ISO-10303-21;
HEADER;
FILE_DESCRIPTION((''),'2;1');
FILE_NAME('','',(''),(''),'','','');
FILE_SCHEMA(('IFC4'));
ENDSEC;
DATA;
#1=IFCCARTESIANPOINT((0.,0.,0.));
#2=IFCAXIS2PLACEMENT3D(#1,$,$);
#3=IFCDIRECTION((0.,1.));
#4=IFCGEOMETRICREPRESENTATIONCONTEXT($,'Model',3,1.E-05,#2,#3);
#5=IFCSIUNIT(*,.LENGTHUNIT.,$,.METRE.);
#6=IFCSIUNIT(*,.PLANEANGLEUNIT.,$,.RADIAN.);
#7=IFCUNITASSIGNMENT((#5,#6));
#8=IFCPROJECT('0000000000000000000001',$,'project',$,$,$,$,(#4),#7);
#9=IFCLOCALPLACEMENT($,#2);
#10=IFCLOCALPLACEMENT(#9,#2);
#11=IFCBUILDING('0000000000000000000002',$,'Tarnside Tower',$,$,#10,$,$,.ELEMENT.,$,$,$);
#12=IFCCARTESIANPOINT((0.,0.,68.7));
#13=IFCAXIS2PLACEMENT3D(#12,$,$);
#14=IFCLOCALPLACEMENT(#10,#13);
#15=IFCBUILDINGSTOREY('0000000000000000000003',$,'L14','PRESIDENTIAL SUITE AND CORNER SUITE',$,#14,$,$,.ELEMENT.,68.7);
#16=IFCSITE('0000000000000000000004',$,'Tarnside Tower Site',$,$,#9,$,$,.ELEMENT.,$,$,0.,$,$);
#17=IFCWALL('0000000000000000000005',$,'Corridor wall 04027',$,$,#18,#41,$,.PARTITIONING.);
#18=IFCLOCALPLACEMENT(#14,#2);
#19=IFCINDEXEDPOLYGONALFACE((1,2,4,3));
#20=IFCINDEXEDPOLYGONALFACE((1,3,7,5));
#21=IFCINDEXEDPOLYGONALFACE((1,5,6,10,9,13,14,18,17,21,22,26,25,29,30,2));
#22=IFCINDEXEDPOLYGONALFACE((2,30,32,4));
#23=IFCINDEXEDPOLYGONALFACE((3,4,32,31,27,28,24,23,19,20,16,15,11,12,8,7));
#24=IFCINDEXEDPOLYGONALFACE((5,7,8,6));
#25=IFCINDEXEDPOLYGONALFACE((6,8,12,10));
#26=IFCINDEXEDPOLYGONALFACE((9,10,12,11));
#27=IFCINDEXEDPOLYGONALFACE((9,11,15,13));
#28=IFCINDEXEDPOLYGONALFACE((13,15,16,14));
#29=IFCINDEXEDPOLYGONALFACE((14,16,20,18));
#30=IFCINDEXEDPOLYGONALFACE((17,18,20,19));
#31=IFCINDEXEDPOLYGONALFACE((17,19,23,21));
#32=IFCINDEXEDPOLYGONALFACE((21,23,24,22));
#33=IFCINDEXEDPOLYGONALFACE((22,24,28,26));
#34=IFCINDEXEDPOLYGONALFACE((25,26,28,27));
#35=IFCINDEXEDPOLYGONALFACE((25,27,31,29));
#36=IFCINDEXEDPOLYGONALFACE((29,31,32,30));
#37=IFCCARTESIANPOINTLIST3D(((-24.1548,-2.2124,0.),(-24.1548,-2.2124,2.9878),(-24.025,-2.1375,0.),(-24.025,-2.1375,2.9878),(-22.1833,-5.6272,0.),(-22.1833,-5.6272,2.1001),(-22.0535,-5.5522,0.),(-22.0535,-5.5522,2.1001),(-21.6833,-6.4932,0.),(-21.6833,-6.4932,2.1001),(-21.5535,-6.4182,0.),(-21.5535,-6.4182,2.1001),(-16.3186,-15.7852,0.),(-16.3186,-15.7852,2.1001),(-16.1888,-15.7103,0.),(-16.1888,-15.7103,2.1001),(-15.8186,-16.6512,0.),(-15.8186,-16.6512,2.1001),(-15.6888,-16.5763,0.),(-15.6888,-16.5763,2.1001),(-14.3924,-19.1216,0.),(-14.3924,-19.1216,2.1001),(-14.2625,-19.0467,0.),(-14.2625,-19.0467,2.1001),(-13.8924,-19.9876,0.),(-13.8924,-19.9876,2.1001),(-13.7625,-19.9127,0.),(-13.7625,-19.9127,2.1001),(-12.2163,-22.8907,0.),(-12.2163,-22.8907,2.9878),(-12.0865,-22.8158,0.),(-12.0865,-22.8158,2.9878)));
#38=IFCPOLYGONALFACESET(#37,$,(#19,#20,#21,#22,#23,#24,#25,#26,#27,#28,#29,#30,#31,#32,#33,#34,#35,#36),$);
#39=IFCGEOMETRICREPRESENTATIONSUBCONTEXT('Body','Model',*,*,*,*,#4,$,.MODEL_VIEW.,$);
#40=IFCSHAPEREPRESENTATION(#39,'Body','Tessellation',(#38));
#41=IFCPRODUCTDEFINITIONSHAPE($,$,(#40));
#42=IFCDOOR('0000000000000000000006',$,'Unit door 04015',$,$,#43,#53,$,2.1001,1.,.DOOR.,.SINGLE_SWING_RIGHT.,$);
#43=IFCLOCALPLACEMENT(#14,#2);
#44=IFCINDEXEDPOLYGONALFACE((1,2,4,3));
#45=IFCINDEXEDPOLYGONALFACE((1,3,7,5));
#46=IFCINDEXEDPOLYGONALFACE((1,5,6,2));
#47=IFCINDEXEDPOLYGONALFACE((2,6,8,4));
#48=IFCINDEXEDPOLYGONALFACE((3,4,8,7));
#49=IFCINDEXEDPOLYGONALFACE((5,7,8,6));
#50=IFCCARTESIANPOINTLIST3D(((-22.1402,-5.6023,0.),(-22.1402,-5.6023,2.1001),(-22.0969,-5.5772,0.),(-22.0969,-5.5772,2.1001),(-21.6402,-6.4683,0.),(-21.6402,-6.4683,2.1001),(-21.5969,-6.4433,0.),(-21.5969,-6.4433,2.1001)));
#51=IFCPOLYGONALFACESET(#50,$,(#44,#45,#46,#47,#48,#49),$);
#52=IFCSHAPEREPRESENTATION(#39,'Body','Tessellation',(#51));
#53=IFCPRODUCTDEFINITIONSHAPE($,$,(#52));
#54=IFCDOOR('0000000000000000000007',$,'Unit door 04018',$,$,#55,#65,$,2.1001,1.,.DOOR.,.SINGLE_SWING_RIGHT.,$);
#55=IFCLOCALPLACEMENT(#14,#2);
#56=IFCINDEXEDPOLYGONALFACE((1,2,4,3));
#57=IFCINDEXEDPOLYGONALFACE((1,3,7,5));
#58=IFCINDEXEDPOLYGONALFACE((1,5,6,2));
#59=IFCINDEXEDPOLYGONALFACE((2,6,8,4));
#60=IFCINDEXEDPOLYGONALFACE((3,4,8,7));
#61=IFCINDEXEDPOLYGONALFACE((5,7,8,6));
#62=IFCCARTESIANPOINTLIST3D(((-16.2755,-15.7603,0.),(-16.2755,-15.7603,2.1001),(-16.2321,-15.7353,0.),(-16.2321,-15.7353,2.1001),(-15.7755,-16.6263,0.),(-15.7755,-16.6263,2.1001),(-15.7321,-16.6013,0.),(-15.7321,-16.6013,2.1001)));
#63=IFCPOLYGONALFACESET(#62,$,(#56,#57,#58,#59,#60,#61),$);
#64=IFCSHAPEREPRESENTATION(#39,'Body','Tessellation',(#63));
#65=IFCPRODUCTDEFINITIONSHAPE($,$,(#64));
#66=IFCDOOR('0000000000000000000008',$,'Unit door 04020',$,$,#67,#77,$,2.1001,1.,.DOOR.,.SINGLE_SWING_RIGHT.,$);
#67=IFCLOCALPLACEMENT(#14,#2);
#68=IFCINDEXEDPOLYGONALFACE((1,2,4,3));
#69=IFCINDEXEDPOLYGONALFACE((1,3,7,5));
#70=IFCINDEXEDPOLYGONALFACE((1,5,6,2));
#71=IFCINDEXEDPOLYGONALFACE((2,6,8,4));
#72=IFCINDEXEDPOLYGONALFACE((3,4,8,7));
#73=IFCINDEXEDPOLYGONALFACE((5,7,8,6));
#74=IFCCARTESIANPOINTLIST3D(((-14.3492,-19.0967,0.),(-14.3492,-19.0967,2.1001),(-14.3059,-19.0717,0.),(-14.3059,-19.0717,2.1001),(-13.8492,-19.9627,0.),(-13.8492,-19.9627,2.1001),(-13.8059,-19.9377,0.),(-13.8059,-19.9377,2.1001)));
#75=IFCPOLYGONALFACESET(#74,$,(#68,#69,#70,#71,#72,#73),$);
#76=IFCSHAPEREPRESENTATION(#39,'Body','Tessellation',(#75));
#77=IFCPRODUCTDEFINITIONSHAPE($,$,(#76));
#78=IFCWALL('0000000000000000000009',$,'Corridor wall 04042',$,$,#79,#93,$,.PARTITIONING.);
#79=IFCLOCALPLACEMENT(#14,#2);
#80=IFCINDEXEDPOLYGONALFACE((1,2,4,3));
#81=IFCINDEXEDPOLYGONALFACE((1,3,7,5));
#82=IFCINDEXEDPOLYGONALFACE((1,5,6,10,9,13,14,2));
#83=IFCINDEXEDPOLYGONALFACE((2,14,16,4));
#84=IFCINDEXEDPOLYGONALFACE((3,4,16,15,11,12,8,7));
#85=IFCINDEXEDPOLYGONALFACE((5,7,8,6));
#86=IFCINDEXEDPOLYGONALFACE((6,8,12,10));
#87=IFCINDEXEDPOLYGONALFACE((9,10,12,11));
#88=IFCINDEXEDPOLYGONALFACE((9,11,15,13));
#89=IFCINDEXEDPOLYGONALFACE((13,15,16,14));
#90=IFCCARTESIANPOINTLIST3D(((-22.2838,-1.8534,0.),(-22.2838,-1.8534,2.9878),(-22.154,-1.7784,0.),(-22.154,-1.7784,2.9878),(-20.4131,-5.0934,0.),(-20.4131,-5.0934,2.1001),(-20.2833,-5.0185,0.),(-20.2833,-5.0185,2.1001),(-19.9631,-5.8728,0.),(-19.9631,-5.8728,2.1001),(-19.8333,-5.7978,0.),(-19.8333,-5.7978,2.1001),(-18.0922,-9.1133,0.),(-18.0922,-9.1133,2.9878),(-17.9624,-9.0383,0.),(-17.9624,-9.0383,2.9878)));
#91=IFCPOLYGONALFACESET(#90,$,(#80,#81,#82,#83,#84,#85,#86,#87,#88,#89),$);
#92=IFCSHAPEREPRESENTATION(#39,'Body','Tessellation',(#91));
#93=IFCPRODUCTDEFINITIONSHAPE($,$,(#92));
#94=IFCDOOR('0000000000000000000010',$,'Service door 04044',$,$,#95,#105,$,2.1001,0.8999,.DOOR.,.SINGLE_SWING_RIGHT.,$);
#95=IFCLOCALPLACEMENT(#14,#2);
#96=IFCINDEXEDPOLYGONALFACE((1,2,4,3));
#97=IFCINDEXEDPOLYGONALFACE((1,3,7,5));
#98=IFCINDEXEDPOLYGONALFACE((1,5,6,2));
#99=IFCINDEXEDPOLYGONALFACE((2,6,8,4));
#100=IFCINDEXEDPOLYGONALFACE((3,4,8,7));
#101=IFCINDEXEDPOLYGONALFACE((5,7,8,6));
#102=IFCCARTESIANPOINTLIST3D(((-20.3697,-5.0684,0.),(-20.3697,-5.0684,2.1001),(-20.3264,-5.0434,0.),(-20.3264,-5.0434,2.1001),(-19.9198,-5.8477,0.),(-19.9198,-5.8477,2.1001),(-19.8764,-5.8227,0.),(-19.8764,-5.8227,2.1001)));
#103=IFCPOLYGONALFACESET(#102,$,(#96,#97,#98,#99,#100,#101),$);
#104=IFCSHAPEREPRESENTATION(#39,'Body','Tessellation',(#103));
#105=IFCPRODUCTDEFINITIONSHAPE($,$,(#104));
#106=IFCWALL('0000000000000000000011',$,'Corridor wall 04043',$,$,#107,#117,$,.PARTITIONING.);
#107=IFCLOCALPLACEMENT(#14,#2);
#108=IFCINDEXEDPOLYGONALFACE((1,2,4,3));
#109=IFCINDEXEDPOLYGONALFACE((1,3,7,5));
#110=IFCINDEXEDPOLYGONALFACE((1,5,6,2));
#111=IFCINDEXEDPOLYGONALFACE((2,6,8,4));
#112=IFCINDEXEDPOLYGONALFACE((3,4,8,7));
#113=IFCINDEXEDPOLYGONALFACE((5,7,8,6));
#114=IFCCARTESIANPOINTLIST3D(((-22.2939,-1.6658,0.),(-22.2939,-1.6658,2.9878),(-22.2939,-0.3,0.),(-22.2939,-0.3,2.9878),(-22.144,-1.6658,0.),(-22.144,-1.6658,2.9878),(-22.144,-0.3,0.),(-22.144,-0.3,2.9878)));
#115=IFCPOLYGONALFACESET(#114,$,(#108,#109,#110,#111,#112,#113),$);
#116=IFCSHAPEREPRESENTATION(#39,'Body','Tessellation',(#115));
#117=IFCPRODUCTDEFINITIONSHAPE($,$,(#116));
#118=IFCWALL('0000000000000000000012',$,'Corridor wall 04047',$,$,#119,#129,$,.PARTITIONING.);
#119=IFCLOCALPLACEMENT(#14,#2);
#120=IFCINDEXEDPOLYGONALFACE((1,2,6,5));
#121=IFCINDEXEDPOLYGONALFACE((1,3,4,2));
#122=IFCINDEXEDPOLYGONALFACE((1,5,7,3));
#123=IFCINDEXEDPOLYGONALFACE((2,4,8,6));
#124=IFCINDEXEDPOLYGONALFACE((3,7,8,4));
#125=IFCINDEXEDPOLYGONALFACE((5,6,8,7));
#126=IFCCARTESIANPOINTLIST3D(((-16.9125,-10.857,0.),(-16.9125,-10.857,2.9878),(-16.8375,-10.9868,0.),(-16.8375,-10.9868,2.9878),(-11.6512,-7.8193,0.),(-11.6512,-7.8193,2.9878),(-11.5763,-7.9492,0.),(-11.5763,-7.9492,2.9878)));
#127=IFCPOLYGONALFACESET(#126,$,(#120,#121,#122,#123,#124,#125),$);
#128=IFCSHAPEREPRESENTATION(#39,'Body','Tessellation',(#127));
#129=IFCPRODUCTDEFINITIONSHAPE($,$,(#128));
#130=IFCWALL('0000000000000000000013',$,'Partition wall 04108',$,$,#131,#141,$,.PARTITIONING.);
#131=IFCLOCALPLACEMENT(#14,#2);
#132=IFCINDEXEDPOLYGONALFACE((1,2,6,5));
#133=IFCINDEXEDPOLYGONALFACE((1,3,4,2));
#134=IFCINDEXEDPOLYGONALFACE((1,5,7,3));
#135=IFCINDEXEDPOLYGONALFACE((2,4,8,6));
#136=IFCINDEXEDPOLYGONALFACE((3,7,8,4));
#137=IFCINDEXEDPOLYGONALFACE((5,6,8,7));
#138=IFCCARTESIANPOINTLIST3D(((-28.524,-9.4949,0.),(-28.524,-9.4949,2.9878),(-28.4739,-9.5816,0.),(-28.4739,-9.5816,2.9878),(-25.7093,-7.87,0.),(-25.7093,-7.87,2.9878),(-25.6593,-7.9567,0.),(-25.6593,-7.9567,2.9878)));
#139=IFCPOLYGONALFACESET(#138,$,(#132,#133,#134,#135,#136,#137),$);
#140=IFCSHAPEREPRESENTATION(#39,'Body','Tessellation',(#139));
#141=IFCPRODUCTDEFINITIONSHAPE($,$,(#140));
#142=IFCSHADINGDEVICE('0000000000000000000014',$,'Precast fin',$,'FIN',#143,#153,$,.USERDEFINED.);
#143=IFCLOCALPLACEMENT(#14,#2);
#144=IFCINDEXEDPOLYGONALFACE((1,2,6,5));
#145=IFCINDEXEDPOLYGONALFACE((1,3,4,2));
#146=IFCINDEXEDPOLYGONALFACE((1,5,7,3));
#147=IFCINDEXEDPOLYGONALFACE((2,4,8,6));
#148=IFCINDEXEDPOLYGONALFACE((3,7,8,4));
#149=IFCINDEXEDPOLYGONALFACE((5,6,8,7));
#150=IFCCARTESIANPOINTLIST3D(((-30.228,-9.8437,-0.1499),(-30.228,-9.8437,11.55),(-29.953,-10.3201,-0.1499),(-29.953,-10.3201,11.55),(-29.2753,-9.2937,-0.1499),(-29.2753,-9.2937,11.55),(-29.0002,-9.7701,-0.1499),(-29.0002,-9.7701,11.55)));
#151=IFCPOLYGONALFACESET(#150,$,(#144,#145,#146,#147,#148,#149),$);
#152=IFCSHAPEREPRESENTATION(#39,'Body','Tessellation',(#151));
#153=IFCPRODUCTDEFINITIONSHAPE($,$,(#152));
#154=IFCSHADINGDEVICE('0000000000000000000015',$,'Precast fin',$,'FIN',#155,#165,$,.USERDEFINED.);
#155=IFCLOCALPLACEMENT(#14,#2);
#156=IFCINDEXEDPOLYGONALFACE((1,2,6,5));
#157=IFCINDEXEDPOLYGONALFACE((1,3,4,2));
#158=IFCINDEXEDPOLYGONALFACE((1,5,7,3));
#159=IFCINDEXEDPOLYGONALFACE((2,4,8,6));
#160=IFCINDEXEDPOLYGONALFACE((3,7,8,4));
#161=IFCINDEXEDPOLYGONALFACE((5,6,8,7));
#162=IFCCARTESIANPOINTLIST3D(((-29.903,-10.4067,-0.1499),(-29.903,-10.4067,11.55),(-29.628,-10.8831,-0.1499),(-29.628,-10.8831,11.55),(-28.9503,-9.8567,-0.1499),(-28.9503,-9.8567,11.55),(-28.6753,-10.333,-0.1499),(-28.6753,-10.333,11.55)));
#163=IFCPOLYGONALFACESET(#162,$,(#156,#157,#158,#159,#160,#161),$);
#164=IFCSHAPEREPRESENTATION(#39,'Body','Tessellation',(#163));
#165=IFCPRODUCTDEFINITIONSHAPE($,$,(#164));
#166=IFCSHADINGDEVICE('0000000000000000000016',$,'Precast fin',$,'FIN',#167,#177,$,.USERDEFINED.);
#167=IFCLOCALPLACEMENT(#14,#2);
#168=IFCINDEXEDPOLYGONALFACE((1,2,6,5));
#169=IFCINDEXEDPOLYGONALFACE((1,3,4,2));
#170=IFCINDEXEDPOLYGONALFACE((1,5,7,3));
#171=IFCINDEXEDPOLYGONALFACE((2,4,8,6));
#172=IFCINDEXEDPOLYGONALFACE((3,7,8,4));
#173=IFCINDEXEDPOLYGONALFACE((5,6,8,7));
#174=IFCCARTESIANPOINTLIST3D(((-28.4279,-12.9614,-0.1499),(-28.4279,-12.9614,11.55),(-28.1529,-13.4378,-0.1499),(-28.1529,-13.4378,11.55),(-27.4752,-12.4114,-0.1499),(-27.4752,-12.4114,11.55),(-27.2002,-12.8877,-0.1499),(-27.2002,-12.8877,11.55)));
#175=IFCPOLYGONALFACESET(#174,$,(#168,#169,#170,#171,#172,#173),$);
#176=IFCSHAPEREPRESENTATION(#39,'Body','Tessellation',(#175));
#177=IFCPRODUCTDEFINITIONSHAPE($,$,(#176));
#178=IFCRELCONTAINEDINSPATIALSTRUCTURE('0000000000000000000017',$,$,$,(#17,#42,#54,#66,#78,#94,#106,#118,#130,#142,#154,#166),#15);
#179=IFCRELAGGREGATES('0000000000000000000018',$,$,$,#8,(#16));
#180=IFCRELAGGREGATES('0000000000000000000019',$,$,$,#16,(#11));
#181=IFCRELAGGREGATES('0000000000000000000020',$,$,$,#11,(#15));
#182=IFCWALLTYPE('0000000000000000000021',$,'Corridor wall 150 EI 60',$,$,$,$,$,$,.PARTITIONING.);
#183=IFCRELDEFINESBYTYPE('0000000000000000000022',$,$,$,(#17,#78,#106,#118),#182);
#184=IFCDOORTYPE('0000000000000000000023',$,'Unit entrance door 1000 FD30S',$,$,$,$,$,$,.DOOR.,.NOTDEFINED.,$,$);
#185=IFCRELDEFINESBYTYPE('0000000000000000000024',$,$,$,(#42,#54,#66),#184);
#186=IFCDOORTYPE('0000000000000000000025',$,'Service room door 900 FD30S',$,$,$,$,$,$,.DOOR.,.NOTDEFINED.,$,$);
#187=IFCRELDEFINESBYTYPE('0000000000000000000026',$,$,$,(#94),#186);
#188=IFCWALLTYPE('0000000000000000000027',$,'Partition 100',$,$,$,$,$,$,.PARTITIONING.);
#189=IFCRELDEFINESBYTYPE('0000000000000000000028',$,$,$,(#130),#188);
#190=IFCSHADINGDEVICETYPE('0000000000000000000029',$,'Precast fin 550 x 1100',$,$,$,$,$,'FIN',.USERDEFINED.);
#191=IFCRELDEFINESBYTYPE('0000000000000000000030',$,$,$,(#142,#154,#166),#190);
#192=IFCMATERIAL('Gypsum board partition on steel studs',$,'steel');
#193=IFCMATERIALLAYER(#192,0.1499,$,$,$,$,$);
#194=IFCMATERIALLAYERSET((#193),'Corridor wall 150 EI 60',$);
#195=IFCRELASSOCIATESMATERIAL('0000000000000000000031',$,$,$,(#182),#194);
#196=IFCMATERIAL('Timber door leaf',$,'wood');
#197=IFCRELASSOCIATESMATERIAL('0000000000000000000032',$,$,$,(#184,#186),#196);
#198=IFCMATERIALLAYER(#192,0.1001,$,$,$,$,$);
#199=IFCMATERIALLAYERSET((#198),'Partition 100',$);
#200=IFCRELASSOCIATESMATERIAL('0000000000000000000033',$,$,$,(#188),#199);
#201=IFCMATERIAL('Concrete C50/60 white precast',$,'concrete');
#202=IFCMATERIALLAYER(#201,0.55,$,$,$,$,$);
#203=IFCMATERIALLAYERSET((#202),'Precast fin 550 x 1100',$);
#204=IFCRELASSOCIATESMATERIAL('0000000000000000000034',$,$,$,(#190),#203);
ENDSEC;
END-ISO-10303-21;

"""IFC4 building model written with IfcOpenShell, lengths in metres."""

from ifc_helpers import new_model, si_unit, direction, frame, frame_2d, origin, place, context, subcontext, project, spatial, polyline, rectangle, outline, extrude, material, layer, layer_set, type_object, element, fill, save


model = new_model("IFC4")

# Units and contexts
model_context = context("Model", 3, precision=1e-05, world=origin(), true_north=direction((0.0, 1.0)))
body_context = subcontext(model_context, "Body", "Model", "MODEL_VIEW")
ifc_project = project(units=[si_unit("LENGTHUNIT", "METRE"), si_unit("PLANEANGLEUNIT", "RADIAN")], contexts=[model_context])

# Site, building, storey
site_placement = place(None, origin())
site = spatial("IfcSite", under=ifc_project, at=site_placement, Name="Tarnside Tower Site", CompositionType="ELEMENT", RefElevation=0.0)
building_placement = place(site_placement, origin())
building = spatial("IfcBuilding", under=site, at=building_placement, Name="Tarnside Tower", CompositionType="ELEMENT")
storey_placement = place(building_placement, frame((0.0, 0.0, 68.7)))
storey = spatial("IfcBuildingStorey", under=building, at=storey_placement, Name="L14", Description="PRESIDENTIAL SUITE AND CORNER SUITE", CompositionType="ELEMENT", Elevation=68.7)

# Shared definitions
ifc_material_1 = material(Name="Gypsum board partition on steel studs", Category="steel")
ifc_material_2 = material(Name="Timber door leaf", Category="wood")

# Shared definitions
ifc_layer_1 = layer(ifc_material_1, 0.1499)
ifc_layer_set_1 = layer_set([ifc_layer_1], Name="Corridor wall 150 EI 60")
wall_type_1 = type_object("IfcWallType", Name="Corridor wall 150 EI 60", PredefinedType="PARTITIONING", material=ifc_layer_set_1)

# Wall, openings, doors
wall_1_placement = place(storey_placement, frame((-24.0898, -2.175, 0.0), z_axis=(0.0, 0.0, 1.0), x_axis=(0.499997, -0.866027, 0.0)))
wall_1 = element("IfcWall", 1, at=wall_1_placement, inside=storey, type_object=wall_type_1, Name="Corridor wall 04027", PredefinedType="PARTITIONING", context=body_context, shape_type="SweptSolid", body=[
    extrude(rectangle(XDim=23.8772, YDim=0.1499, at=frame_2d((11.9385, 0.0))), origin(), (0.0, 0.0, 1.0), 2.9878),
])
opening_1_placement = place(wall_1_placement, frame((3.9429, 0.0, 0.0)))
opening_1 = element("IfcOpeningElement", 2, at=opening_1_placement, cuts=wall_1, PredefinedType="OPENING", context=body_context, shape_type="SweptSolid", body=[
    extrude(rectangle(XDim=1.0, YDim=2.1001, at=frame_2d((0.5, 1.05))), frame((0.0, 0.085, 0.0), z_axis=(0.0, -1.0, 0.0), x_axis=(1.0, 0.0, 0.0)), (0.0, 0.0, 1.0), 0.1699),
])
opening_2_placement = place(wall_1_placement, frame((15.6724, 0.0, 0.0)))
opening_2 = element("IfcOpeningElement", 3, at=opening_2_placement, cuts=wall_1, PredefinedType="OPENING", context=body_context, shape_type="SweptSolid", body=[
    extrude(rectangle(XDim=1.0, YDim=2.1001, at=frame_2d((0.5, 1.05))), frame((0.0, 0.085, 0.0), z_axis=(0.0, -1.0, 0.0), x_axis=(1.0, 0.0, 0.0)), (0.0, 0.0, 1.0), 0.1699),
])
opening_3_placement = place(wall_1_placement, frame((19.5249, 0.0, 0.0)))
opening_3 = element("IfcOpeningElement", 4, at=opening_3_placement, cuts=wall_1, PredefinedType="OPENING", context=body_context, shape_type="SweptSolid", body=[
    extrude(rectangle(XDim=1.0, YDim=2.1001, at=frame_2d((0.5, 1.05))), frame((0.0, 0.085, 0.0), z_axis=(0.0, -1.0, 0.0), x_axis=(1.0, 0.0, 0.0)), (0.0, 0.0, 1.0), 0.1699),
])
door_type_1 = type_object("IfcDoorType", Name="Unit entrance door 1000 FD30S", OperationType="NOTDEFINED", PredefinedType="DOOR", material=ifc_material_2)
door_1_placement = place(opening_1_placement, origin())
door_1 = element("IfcDoor", 5, at=door_1_placement, inside=storey, type_object=door_type_1, Name="Unit door 04015", OperationType="SINGLE_SWING_RIGHT", OverallHeight=2.1001, OverallWidth=1.0, PredefinedType="DOOR", context=body_context, shape_type="SweptSolid", body=[
    extrude(rectangle(XDim=1.0, YDim=2.1001, at=frame_2d((0.5, 1.05))), frame((0.0, 0.0249, 0.0), z_axis=(0.0, -1.0, 0.0), x_axis=(1.0, 0.0, 0.0)), (0.0, 0.0, 1.0), 0.05),
])
fill(opening_1, door_1)
door_2_placement = place(opening_2_placement, origin())
door_2 = element("IfcDoor", 6, at=door_2_placement, inside=storey, type_object=door_type_1, Name="Unit door 04018", OperationType="SINGLE_SWING_RIGHT", OverallHeight=2.1001, OverallWidth=1.0, PredefinedType="DOOR", context=body_context, shape_type="SweptSolid", body=[
    extrude(rectangle(XDim=1.0, YDim=2.1001, at=frame_2d((0.5, 1.05))), frame((0.0, 0.0249, 0.0), z_axis=(0.0, -1.0, 0.0), x_axis=(1.0, 0.0, 0.0)), (0.0, 0.0, 1.0), 0.05),
])
fill(opening_2, door_2)
door_3_placement = place(opening_3_placement, origin())
door_3 = element("IfcDoor", 7, at=door_3_placement, inside=storey, type_object=door_type_1, Name="Unit door 04020", OperationType="SINGLE_SWING_RIGHT", OverallHeight=2.1001, OverallWidth=1.0, PredefinedType="DOOR", context=body_context, shape_type="SweptSolid", body=[
    extrude(rectangle(XDim=1.0, YDim=2.1001, at=frame_2d((0.5, 1.05))), frame((0.0, 0.0249, 0.0), z_axis=(0.0, -1.0, 0.0), x_axis=(1.0, 0.0, 0.0)), (0.0, 0.0, 1.0), 0.05),
])
fill(opening_3, door_3)

# Wall, opening, door
wall_2_placement = place(storey_placement, frame((-18.0273, -9.0757, 0.0), z_axis=(0.0, 0.0, 1.0), x_axis=(-0.500007, 0.866021, 0.0)))
wall_2 = element("IfcWall", 8, at=wall_2_placement, inside=storey, type_object=wall_type_1, Name="Corridor wall 04042", PredefinedType="PARTITIONING", context=body_context, shape_type="SweptSolid", body=[
    extrude(rectangle(XDim=8.3831, YDim=0.1499, at=frame_2d((4.1914, 0.0))), origin(), (0.0, 0.0, 1.0), 2.9878),
])
opening_4_placement = place(wall_2_placement, frame((3.7417, 0.0, 0.0)))
opening_4 = element("IfcOpeningElement", 9, at=opening_4_placement, cuts=wall_2, PredefinedType="OPENING", context=body_context, shape_type="SweptSolid", body=[
    extrude(rectangle(XDim=0.8999, YDim=2.1001, at=frame_2d((0.45, 1.05))), frame((0.0, 0.085, 0.0), z_axis=(0.0, -1.0, 0.0), x_axis=(1.0, 0.0, 0.0)), (0.0, 0.0, 1.0), 0.1699),
])
door_type_2 = type_object("IfcDoorType", Name="Service room door 900 FD30S", OperationType="NOTDEFINED", PredefinedType="DOOR", material=ifc_material_2)
door_4_placement = place(opening_4_placement, origin())
door_4 = element("IfcDoor", 10, at=door_4_placement, inside=storey, type_object=door_type_2, Name="Service door 04044", OperationType="SINGLE_SWING_RIGHT", OverallHeight=2.1001, OverallWidth=0.8999, PredefinedType="DOOR", context=body_context, shape_type="SweptSolid", body=[
    extrude(rectangle(XDim=0.8999, YDim=2.1001, at=frame_2d((0.45, 1.05))), frame((0.0, 0.0249, 0.0), z_axis=(0.0, -1.0, 0.0), x_axis=(1.0, 0.0, 0.0)), (0.0, 0.0, 1.0), 0.05),
])
fill(opening_4, door_4)

# Walls
wall_3_placement = place(storey_placement, frame((-22.219, -1.6658, 0.0), z_axis=(0.0, 0.0, 1.0), x_axis=(0.0, 1.0, 0.0)))
element("IfcWall", 11, at=wall_3_placement, inside=storey, type_object=wall_type_1, Name="Corridor wall 04043", PredefinedType="PARTITIONING", context=body_context, shape_type="SweptSolid", body=[
    extrude(rectangle(XDim=1.3657, YDim=0.1499, at=frame_2d((0.6829, 0.0))), origin(), (0.0, 0.0, 1.0), 2.9878),
])
wall_4_placement = place(storey_placement, frame((-16.875, -10.9219, 0.0), z_axis=(0.0, 0.0, 1.0), x_axis=(0.866024, 0.500003, 0.0)))
element("IfcWall", 12, at=wall_4_placement, inside=storey, type_object=wall_type_1, Name="Corridor wall 04047", PredefinedType="PARTITIONING", context=body_context, shape_type="SweptSolid", body=[
    extrude(rectangle(XDim=6.0752, YDim=0.1499, at=frame_2d((3.0376, 0.0))), origin(), (0.0, 0.0, 1.0), 2.9878),
])
ifc_layer_2 = layer(ifc_material_1, 0.1001)
ifc_layer_set_2 = layer_set([ifc_layer_2], Name="Partition 100")
wall_type_2 = type_object("IfcWallType", Name="Partition 100", PredefinedType="PARTITIONING", material=ifc_layer_set_2)
wall_5_placement = place(storey_placement, frame((-25.6843, -7.9133, 0.0), z_axis=(0.0, 0.0, 1.0), x_axis=(-0.866034, -0.499985, 0.0)))
element("IfcWall", 13, at=wall_5_placement, inside=storey, type_object=wall_type_2, Name="Partition wall 04108", PredefinedType="PARTITIONING", context=body_context, shape_type="SweptSolid", body=[
    extrude(rectangle(XDim=3.25, YDim=0.1001, at=frame_2d((1.625, 0.0))), origin(), (0.0, 0.0, 1.0), 2.9878),
])

# Shading devices
ifc_material_3 = material(Name="Concrete C50/60 white precast", Category="concrete")
ifc_layer_3 = layer(ifc_material_3, 0.55)
ifc_layer_set_3 = layer_set([ifc_layer_3], Name="Precast fin 550 x 1100")
shading_device_type = type_object("IfcShadingDeviceType", Name="Precast fin 550 x 1100", ElementType="FIN", PredefinedType="USERDEFINED", material=ifc_layer_set_3)
for number, where, z_axis, x_axis, name in (
    (14, (-29.1377, -9.532, -0.1499), (-0.5, 0.866025, 0.0), (-0.866025, -0.5, 0.0), "Precast fin"),
    (15, (-28.8127, -10.095, -0.1499), (-0.5, 0.866025, 0.0), (-0.866025, -0.5, 0.0), "Precast fin"),
    (16, (-27.3376, -12.6497, -0.1499), (-0.5, 0.866025, 0.0), (-0.866025, -0.5, 0.0), "Precast fin"),
):
    element("IfcShadingDevice", number, at=place(storey_placement, frame(where, z_axis=z_axis, x_axis=x_axis)), inside=storey, type_object=shading_device_type, Name=name, ObjectType="FIN", PredefinedType="USERDEFINED", context=body_context, shape_type="SweptSolid", body=[
        extrude(outline(polyline([(0.0, 0.0), (1.1001, 0.0), (1.1001, 11.7), (0.0, 11.7), (0.0, 0.0)])), frame((0.0, 0.0, -0.2749)), (0.0, 0.0, 1.0), 0.55),
    ])

save(model, "model.ifc")
